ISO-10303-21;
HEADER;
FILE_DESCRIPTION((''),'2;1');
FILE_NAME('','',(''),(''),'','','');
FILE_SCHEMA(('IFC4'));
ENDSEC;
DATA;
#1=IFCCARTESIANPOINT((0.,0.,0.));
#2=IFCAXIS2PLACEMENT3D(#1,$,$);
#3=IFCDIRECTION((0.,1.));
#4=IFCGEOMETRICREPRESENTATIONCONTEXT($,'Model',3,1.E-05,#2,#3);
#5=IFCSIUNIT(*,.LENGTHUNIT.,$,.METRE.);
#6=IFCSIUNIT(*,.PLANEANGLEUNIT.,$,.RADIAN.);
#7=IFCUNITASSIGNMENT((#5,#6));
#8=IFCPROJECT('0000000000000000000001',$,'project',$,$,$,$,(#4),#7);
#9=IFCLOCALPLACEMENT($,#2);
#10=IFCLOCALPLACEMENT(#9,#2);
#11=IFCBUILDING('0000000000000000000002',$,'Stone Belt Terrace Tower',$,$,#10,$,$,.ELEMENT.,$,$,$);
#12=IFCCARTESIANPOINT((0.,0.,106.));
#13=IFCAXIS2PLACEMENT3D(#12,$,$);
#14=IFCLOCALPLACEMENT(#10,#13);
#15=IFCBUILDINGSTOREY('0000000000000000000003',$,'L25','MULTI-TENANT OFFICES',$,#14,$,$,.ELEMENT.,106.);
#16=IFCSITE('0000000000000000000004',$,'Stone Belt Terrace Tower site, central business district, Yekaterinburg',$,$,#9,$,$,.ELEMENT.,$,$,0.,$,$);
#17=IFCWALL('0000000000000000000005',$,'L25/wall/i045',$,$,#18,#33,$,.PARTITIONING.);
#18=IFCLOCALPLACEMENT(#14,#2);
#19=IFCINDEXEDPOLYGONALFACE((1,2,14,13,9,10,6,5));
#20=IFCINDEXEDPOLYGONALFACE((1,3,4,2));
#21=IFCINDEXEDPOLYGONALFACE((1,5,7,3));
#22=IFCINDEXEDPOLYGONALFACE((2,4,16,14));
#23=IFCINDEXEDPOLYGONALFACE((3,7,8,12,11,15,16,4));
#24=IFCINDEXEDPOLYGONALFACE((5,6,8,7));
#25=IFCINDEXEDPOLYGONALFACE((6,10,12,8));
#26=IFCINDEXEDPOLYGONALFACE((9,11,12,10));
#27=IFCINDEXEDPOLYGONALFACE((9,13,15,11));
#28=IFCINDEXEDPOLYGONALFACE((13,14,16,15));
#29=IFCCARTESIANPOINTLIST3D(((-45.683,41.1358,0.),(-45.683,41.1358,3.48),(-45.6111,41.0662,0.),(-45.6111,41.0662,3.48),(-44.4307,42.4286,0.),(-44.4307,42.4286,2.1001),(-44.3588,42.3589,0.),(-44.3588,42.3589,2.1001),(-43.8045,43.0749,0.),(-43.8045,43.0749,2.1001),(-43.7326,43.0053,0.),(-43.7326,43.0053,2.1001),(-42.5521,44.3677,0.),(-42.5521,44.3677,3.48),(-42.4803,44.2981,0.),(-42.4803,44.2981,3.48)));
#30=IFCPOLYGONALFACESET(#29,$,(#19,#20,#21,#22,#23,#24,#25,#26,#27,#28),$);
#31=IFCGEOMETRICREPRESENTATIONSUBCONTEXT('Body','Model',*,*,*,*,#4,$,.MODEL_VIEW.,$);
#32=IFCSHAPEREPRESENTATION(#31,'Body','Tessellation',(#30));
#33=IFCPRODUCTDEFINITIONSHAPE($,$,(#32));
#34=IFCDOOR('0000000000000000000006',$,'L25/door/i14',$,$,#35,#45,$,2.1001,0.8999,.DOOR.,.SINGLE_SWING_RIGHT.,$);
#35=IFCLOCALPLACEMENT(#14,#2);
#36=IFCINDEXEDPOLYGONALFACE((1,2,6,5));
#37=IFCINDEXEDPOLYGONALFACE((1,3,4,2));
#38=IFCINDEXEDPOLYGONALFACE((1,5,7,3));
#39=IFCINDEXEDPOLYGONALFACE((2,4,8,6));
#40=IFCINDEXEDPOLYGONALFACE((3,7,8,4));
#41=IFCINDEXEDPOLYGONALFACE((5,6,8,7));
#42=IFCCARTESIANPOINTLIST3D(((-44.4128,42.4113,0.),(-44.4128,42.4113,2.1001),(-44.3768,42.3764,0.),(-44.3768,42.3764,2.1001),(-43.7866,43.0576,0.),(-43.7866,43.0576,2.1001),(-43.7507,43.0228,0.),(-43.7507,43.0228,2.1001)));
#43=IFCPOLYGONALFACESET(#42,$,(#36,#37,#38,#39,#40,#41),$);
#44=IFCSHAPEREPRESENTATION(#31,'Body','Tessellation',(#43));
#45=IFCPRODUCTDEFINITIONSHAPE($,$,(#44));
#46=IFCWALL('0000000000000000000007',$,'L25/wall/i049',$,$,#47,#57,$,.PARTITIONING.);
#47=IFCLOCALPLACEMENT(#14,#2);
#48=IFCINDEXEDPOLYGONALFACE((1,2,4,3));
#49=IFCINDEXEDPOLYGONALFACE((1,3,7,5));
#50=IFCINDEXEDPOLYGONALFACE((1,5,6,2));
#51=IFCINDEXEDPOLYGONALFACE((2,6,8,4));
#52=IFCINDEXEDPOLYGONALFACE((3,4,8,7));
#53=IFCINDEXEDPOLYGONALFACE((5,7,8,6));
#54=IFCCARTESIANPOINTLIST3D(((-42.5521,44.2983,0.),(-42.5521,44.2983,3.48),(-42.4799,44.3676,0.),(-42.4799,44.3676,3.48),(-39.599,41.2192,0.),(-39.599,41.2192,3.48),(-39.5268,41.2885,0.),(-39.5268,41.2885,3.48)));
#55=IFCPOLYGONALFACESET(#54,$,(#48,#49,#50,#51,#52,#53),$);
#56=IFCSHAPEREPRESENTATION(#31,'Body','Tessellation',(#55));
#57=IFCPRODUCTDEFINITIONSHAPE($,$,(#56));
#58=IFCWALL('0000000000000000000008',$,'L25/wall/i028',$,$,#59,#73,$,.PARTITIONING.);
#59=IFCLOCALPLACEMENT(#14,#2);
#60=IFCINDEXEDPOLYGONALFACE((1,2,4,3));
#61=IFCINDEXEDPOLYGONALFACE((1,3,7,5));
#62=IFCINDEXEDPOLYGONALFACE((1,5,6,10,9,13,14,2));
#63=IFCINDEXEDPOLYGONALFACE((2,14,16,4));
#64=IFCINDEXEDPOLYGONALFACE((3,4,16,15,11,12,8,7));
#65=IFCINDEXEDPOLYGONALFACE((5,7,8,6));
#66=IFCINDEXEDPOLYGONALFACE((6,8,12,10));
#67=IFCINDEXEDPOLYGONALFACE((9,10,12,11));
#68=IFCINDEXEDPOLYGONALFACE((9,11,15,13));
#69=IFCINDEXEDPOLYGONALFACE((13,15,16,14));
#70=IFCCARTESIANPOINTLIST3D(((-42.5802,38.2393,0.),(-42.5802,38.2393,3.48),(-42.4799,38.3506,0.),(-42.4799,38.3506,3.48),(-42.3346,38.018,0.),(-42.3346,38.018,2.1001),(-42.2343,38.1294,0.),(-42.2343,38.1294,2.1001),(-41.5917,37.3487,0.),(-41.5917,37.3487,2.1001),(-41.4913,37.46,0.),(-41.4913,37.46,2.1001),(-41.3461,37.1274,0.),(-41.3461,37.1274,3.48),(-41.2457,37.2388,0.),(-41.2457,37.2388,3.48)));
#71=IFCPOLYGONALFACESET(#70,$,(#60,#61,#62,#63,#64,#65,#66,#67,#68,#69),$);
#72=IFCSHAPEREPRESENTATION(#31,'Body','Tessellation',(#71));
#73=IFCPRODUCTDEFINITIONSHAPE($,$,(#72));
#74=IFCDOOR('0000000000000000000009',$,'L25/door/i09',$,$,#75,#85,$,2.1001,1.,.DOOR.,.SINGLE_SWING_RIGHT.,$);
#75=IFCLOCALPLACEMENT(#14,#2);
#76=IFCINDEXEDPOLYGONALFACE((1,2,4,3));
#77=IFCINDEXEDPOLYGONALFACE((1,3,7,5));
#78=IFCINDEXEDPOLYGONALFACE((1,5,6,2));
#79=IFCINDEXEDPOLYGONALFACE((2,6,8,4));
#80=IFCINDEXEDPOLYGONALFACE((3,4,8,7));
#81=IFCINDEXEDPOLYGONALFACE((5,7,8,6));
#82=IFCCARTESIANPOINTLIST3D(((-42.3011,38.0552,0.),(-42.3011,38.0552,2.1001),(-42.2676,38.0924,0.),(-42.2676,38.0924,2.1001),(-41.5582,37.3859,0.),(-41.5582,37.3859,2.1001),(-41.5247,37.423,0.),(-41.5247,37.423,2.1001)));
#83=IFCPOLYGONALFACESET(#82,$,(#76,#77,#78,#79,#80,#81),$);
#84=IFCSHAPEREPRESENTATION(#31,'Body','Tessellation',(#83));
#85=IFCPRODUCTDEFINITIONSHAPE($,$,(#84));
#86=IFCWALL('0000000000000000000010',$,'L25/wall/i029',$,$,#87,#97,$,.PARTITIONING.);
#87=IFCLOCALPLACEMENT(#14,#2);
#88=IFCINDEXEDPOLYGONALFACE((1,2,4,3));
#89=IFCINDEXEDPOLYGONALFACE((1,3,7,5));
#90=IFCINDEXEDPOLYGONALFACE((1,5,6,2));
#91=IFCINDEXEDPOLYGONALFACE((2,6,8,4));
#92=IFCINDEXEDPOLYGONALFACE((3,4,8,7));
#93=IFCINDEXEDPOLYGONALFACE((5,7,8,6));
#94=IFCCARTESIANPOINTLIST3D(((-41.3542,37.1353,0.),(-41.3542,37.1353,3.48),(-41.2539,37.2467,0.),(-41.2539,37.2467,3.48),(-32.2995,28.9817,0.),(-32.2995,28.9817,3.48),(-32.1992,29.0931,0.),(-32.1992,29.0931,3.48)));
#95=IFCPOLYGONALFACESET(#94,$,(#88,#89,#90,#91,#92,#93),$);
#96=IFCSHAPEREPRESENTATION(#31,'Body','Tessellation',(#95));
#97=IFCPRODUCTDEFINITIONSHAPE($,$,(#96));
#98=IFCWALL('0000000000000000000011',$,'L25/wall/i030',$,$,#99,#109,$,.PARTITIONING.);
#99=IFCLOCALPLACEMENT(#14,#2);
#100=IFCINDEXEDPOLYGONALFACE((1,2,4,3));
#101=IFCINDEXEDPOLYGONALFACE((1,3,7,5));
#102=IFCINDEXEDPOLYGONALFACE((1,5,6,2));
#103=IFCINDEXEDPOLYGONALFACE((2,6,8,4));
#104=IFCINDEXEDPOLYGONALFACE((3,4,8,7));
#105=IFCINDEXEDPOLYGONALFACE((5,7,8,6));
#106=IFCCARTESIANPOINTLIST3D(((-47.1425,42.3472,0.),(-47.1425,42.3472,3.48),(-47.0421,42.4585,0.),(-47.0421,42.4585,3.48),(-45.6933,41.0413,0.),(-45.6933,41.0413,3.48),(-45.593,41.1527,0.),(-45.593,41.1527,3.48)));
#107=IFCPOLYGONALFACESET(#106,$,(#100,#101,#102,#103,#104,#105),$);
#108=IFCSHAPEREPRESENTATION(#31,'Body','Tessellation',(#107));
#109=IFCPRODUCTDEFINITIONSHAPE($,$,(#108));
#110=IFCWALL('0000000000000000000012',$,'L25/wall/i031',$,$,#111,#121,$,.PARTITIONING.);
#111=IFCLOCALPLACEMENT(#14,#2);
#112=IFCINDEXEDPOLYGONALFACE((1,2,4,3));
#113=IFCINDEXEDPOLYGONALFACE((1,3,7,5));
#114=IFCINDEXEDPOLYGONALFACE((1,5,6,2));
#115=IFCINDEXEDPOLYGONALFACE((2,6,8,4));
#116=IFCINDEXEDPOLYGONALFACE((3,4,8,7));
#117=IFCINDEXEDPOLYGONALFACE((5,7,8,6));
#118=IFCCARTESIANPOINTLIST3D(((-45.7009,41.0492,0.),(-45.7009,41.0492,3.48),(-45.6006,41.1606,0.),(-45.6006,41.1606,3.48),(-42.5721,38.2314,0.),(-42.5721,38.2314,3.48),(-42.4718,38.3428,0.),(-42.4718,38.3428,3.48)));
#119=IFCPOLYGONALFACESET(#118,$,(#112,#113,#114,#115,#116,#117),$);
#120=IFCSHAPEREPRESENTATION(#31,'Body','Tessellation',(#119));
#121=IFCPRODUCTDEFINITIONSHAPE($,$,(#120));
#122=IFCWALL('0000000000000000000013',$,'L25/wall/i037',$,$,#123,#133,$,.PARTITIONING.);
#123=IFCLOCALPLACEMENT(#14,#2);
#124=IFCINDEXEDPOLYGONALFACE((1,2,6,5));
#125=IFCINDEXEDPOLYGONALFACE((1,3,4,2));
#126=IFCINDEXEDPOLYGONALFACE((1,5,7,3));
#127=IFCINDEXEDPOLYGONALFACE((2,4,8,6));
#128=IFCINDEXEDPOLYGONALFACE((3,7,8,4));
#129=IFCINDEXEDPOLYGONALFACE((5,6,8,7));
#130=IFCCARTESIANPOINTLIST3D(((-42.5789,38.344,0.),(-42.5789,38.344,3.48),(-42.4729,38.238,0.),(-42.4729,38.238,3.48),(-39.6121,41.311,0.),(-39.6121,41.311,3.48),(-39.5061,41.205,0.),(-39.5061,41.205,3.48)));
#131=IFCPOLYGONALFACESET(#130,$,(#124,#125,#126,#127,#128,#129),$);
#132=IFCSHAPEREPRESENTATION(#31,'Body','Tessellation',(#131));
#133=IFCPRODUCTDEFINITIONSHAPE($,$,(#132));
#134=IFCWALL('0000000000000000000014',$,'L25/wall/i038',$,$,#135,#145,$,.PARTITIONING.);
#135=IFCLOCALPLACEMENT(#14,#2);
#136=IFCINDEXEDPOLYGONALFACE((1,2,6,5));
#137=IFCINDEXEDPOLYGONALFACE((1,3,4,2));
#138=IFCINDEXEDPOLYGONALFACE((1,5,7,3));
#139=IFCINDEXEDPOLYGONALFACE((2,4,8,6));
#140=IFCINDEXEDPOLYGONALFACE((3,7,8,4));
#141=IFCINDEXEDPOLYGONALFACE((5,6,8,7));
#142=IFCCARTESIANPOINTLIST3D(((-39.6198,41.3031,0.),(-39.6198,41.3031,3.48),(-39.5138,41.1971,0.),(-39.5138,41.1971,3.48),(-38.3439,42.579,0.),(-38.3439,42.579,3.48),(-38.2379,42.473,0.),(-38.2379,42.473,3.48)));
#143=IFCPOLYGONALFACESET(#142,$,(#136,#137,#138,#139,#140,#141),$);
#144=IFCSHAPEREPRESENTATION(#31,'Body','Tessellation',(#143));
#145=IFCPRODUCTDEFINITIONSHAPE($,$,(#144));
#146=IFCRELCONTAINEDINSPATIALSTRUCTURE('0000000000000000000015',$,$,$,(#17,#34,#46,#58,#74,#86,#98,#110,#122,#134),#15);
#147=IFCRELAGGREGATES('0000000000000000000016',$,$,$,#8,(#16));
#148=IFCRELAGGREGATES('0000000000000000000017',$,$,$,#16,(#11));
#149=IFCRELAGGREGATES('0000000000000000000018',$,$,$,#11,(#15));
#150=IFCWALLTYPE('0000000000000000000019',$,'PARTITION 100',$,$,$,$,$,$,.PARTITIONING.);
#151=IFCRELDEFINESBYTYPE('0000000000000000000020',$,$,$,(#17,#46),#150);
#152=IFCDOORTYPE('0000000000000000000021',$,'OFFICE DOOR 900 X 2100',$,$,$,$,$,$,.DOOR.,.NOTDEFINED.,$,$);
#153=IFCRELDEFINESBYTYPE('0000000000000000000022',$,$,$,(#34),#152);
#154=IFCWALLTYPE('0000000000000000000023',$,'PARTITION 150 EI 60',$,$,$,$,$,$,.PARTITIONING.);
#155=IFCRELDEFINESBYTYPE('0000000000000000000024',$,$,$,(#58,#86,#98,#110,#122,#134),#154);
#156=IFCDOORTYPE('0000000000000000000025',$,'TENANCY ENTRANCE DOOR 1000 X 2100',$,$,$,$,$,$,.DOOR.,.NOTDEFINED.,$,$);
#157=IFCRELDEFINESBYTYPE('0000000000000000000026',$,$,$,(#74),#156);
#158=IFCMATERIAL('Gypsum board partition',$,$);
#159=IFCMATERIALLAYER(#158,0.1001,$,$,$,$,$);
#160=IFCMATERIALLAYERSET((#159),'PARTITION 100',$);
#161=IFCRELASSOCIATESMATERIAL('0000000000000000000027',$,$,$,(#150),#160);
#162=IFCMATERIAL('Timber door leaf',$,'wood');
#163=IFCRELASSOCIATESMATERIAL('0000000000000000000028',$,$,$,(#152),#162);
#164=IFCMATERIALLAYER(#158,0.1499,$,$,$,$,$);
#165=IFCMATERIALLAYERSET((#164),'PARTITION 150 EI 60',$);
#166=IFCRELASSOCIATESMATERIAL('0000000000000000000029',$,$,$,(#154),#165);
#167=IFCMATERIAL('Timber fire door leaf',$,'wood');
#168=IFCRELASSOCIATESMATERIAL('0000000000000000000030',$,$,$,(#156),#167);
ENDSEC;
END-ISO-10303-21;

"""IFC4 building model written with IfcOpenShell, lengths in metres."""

from ifc_helpers import new_model, si_unit, direction, frame, frame_2d, origin, place, context, subcontext, project, spatial, rectangle, extrude, material, layer, layer_set, type_object, element, fill, save


model = new_model("IFC4")

# Units and contexts
model_context = context("Model", 3, precision=1e-05, world=origin(), true_north=direction((0.0, 1.0)))
body_context = subcontext(model_context, "Body", "Model", "MODEL_VIEW")
ifc_project = project(units=[si_unit("LENGTHUNIT", "METRE"), si_unit("PLANEANGLEUNIT", "RADIAN")], contexts=[model_context])

# Site, building, storey
site_placement = place(None, origin())
site = spatial("IfcSite", under=ifc_project, at=site_placement, Name="Stone Belt Terrace Tower site, central business district, Yekaterinburg", CompositionType="ELEMENT", RefElevation=0.0)
building_placement = place(site_placement, origin())
building = spatial("IfcBuilding", under=site, at=building_placement, Name="Stone Belt Terrace Tower", CompositionType="ELEMENT")
storey_placement = place(building_placement, frame((0.0, 0.0, 106.0)))
storey = spatial("IfcBuildingStorey", under=building, at=storey_placement, Name="L25", Description="MULTI-TENANT OFFICES", CompositionType="ELEMENT", Elevation=106.0)

# Wall, opening, door
ifc_material_1 = material(Name="Gypsum board partition")
ifc_layer_1 = layer(ifc_material_1, 0.1001)
ifc_layer_set_1 = layer_set([ifc_layer_1], Name="PARTITION 100")
wall_type_1 = type_object("IfcWallType", Name="PARTITION 100", PredefinedType="PARTITIONING", material=ifc_layer_set_1)
wall_1_placement = place(storey_placement, frame((-42.5161, 44.333, 0.0), z_axis=(0.0, 0.0, 1.0), x_axis=(-0.695786, -0.718249, 0.0)))
wall_1 = element("IfcWall", 1, at=wall_1_placement, inside=storey, type_object=wall_type_1, Name="L25/wall/i045", PredefinedType="PARTITIONING", context=body_context, shape_type="SweptSolid", body=[
    extrude(rectangle(XDim=4.4998, YDim=0.1001, at=frame_2d((2.25, 0.0))), origin(), (0.0, 0.0, 1.0), 3.48),
])
opening_1_placement = place(wall_1_placement, frame((1.8, 0.0, 0.0)))
opening_1 = element("IfcOpeningElement", 2, at=opening_1_placement, cuts=wall_1, PredefinedType="OPENING", context=body_context, shape_type="SweptSolid", body=[
    extrude(rectangle(XDim=0.8999, YDim=2.1001, at=frame_2d((0.45, 1.05))), frame((0.0, 0.0601, 0.0), z_axis=(0.0, -1.0, 0.0), x_axis=(1.0, 0.0, 0.0)), (0.0, 0.0, 1.0), 0.1201),
])
ifc_material_2 = material(Name="Timber door leaf", Category="wood")
door_type_1 = type_object("IfcDoorType", Name="OFFICE DOOR 900 X 2100", OperationType="NOTDEFINED", PredefinedType="DOOR", material=ifc_material_2)
door_1_placement = place(opening_1_placement, origin())
door_1 = element("IfcDoor", 3, at=door_1_placement, inside=storey, type_object=door_type_1, Name="L25/door/i14", OperationType="SINGLE_SWING_RIGHT", OverallHeight=2.1001, OverallWidth=0.8999, PredefinedType="DOOR", context=body_context, shape_type="SweptSolid", body=[
    extrude(rectangle(XDim=0.8999, YDim=2.1001, at=frame_2d((0.45, 1.05))), frame((0.0, 0.0249, 0.0), z_axis=(0.0, -1.0, 0.0), x_axis=(1.0, 0.0, 0.0)), (0.0, 0.0, 1.0), 0.05),
])
fill(opening_1, door_1)

# Wall
wall_2_placement = place(storey_placement, frame((-42.5161, 44.333, 0.0), z_axis=(0.0, 0.0, 1.0), x_axis=(0.692189, -0.721717, 0.0)))
element("IfcWall", 4, at=wall_2_placement, inside=storey, type_object=wall_type_1, Name="L25/wall/i049", PredefinedType="PARTITIONING", context=body_context, shape_type="SweptSolid", body=[
    extrude(rectangle(XDim=4.2664, YDim=0.1001, at=frame_2d((2.1333, 0.0))), origin(), (0.0, 0.0, 1.0), 3.48),
])

# Wall, opening, door
ifc_layer_2 = layer(ifc_material_1, 0.1499)
ifc_layer_set_2 = layer_set([ifc_layer_2], Name="PARTITION 150 EI 60")
wall_type_2 = type_object("IfcWallType", Name="PARTITION 150 EI 60", PredefinedType="PARTITIONING", material=ifc_layer_set_2)
wall_3_placement = place(storey_placement, frame((-41.2959, 37.1831, 0.0), z_axis=(0.0, 0.0, 1.0), x_axis=(-0.742965, 0.66933, 0.0)))
wall_3 = element("IfcWall", 5, at=wall_3_placement, inside=storey, type_object=wall_type_2, Name="L25/wall/i028", PredefinedType="PARTITIONING", context=body_context, shape_type="SweptSolid", body=[
    extrude(rectangle(XDim=1.6611, YDim=0.1499, at=frame_2d((0.8306, 0.0))), origin(), (0.0, 0.0, 1.0), 3.48),
])
opening_2_placement = place(wall_3_placement, frame((0.3306, 0.0, 0.0)))
opening_2 = element("IfcOpeningElement", 6, at=opening_2_placement, cuts=wall_3, PredefinedType="OPENING", context=body_context, shape_type="SweptSolid", body=[
    extrude(rectangle(XDim=1.0, YDim=2.1001, at=frame_2d((0.5, 1.05))), frame((0.0, 0.085, 0.0), z_axis=(0.0, -1.0, 0.0), x_axis=(1.0, 0.0, 0.0)), (0.0, 0.0, 1.0), 0.1699),
])
ifc_material_3 = material(Name="Timber fire door leaf", Category="wood")
door_type_2 = type_object("IfcDoorType", Name="TENANCY ENTRANCE DOOR 1000 X 2100", OperationType="NOTDEFINED", PredefinedType="DOOR", material=ifc_material_3)
door_2_placement = place(opening_2_placement, origin())
door_2 = element("IfcDoor", 7, at=door_2_placement, inside=storey, type_object=door_type_2, Name="L25/door/i09", OperationType="SINGLE_SWING_RIGHT", OverallHeight=2.1001, OverallWidth=1.0, PredefinedType="DOOR", context=body_context, shape_type="SweptSolid", body=[
    extrude(rectangle(XDim=1.0, YDim=2.1001, at=frame_2d((0.5, 1.05))), frame((0.0, 0.0249, 0.0), z_axis=(0.0, -1.0, 0.0), x_axis=(1.0, 0.0, 0.0)), (0.0, 0.0, 1.0), 0.05),
])
fill(opening_2, door_2)

# Walls
wall_4_placement = place(storey_placement, frame((-41.304, 37.1909, 0.0), z_axis=(0.0, 0.0, 1.0), x_axis=(0.743117, -0.669162, 0.0)))
element("IfcWall", 8, at=wall_4_placement, inside=storey, type_object=wall_type_2, Name="L25/wall/i029", PredefinedType="PARTITIONING", context=body_context, shape_type="SweptSolid", body=[
    extrude(rectangle(XDim=12.1848, YDim=0.1499, at=frame_2d((6.0923, 0.0))), origin(), (0.0, 0.0, 1.0), 3.48),
])
wall_5_placement = place(storey_placement, frame((-47.0923, 42.4028, 0.0), z_axis=(0.0, 0.0, 1.0), x_axis=(0.742883, -0.669421, 0.0)))
element("IfcWall", 9, at=wall_5_placement, inside=storey, type_object=wall_type_2, Name="L25/wall/i030", PredefinedType="PARTITIONING", context=body_context, shape_type="SweptSolid", body=[
    extrude(rectangle(XDim=1.9507, YDim=0.1499, at=frame_2d((0.9753, 0.0))), origin(), (0.0, 0.0, 1.0), 3.48),
])
wall_6_placement = place(storey_placement, frame((-45.6509, 41.105, 0.0), z_axis=(0.0, 0.0, 1.0), x_axis=(0.743075, -0.669208, 0.0)))
element("IfcWall", 10, at=wall_6_placement, inside=storey, type_object=wall_type_2, Name="L25/wall/i031", PredefinedType="PARTITIONING", context=body_context, shape_type="SweptSolid", body=[
    extrude(rectangle(XDim=4.2107, YDim=0.1499, at=frame_2d((2.1055, 0.0))), origin(), (0.0, 0.0, 1.0), 3.48),
])
wall_7_placement = place(storey_placement, frame((-42.5259, 38.291, 0.0), z_axis=(0.0, 0.0, 1.0), x_axis=(0.707078, 0.707136, 0.0)))
element("IfcWall", 11, at=wall_7_placement, inside=storey, type_object=wall_type_2, Name="L25/wall/i037", PredefinedType="PARTITIONING", context=body_context, shape_type="SweptSolid", body=[
    extrude(rectangle(XDim=4.1958, YDim=0.1499, at=frame_2d((2.0979, 0.0))), origin(), (0.0, 0.0, 1.0), 3.48),
])
wall_8_placement = place(storey_placement, frame((-39.5669, 41.25, 0.0), z_axis=(0.0, 0.0, 1.0), x_axis=(0.707107, 0.707107, 0.0)))
element("IfcWall", 12, at=wall_8_placement, inside=storey, type_object=wall_type_2, Name="L25/wall/i038", PredefinedType="PARTITIONING", context=body_context, shape_type="SweptSolid", body=[
    extrude(rectangle(XDim=1.8044, YDim=0.1499, at=frame_2d((0.9023, 0.0))), origin(), (0.0, 0.0, 1.0), 3.48),
])

save(model, "model.ifc")
